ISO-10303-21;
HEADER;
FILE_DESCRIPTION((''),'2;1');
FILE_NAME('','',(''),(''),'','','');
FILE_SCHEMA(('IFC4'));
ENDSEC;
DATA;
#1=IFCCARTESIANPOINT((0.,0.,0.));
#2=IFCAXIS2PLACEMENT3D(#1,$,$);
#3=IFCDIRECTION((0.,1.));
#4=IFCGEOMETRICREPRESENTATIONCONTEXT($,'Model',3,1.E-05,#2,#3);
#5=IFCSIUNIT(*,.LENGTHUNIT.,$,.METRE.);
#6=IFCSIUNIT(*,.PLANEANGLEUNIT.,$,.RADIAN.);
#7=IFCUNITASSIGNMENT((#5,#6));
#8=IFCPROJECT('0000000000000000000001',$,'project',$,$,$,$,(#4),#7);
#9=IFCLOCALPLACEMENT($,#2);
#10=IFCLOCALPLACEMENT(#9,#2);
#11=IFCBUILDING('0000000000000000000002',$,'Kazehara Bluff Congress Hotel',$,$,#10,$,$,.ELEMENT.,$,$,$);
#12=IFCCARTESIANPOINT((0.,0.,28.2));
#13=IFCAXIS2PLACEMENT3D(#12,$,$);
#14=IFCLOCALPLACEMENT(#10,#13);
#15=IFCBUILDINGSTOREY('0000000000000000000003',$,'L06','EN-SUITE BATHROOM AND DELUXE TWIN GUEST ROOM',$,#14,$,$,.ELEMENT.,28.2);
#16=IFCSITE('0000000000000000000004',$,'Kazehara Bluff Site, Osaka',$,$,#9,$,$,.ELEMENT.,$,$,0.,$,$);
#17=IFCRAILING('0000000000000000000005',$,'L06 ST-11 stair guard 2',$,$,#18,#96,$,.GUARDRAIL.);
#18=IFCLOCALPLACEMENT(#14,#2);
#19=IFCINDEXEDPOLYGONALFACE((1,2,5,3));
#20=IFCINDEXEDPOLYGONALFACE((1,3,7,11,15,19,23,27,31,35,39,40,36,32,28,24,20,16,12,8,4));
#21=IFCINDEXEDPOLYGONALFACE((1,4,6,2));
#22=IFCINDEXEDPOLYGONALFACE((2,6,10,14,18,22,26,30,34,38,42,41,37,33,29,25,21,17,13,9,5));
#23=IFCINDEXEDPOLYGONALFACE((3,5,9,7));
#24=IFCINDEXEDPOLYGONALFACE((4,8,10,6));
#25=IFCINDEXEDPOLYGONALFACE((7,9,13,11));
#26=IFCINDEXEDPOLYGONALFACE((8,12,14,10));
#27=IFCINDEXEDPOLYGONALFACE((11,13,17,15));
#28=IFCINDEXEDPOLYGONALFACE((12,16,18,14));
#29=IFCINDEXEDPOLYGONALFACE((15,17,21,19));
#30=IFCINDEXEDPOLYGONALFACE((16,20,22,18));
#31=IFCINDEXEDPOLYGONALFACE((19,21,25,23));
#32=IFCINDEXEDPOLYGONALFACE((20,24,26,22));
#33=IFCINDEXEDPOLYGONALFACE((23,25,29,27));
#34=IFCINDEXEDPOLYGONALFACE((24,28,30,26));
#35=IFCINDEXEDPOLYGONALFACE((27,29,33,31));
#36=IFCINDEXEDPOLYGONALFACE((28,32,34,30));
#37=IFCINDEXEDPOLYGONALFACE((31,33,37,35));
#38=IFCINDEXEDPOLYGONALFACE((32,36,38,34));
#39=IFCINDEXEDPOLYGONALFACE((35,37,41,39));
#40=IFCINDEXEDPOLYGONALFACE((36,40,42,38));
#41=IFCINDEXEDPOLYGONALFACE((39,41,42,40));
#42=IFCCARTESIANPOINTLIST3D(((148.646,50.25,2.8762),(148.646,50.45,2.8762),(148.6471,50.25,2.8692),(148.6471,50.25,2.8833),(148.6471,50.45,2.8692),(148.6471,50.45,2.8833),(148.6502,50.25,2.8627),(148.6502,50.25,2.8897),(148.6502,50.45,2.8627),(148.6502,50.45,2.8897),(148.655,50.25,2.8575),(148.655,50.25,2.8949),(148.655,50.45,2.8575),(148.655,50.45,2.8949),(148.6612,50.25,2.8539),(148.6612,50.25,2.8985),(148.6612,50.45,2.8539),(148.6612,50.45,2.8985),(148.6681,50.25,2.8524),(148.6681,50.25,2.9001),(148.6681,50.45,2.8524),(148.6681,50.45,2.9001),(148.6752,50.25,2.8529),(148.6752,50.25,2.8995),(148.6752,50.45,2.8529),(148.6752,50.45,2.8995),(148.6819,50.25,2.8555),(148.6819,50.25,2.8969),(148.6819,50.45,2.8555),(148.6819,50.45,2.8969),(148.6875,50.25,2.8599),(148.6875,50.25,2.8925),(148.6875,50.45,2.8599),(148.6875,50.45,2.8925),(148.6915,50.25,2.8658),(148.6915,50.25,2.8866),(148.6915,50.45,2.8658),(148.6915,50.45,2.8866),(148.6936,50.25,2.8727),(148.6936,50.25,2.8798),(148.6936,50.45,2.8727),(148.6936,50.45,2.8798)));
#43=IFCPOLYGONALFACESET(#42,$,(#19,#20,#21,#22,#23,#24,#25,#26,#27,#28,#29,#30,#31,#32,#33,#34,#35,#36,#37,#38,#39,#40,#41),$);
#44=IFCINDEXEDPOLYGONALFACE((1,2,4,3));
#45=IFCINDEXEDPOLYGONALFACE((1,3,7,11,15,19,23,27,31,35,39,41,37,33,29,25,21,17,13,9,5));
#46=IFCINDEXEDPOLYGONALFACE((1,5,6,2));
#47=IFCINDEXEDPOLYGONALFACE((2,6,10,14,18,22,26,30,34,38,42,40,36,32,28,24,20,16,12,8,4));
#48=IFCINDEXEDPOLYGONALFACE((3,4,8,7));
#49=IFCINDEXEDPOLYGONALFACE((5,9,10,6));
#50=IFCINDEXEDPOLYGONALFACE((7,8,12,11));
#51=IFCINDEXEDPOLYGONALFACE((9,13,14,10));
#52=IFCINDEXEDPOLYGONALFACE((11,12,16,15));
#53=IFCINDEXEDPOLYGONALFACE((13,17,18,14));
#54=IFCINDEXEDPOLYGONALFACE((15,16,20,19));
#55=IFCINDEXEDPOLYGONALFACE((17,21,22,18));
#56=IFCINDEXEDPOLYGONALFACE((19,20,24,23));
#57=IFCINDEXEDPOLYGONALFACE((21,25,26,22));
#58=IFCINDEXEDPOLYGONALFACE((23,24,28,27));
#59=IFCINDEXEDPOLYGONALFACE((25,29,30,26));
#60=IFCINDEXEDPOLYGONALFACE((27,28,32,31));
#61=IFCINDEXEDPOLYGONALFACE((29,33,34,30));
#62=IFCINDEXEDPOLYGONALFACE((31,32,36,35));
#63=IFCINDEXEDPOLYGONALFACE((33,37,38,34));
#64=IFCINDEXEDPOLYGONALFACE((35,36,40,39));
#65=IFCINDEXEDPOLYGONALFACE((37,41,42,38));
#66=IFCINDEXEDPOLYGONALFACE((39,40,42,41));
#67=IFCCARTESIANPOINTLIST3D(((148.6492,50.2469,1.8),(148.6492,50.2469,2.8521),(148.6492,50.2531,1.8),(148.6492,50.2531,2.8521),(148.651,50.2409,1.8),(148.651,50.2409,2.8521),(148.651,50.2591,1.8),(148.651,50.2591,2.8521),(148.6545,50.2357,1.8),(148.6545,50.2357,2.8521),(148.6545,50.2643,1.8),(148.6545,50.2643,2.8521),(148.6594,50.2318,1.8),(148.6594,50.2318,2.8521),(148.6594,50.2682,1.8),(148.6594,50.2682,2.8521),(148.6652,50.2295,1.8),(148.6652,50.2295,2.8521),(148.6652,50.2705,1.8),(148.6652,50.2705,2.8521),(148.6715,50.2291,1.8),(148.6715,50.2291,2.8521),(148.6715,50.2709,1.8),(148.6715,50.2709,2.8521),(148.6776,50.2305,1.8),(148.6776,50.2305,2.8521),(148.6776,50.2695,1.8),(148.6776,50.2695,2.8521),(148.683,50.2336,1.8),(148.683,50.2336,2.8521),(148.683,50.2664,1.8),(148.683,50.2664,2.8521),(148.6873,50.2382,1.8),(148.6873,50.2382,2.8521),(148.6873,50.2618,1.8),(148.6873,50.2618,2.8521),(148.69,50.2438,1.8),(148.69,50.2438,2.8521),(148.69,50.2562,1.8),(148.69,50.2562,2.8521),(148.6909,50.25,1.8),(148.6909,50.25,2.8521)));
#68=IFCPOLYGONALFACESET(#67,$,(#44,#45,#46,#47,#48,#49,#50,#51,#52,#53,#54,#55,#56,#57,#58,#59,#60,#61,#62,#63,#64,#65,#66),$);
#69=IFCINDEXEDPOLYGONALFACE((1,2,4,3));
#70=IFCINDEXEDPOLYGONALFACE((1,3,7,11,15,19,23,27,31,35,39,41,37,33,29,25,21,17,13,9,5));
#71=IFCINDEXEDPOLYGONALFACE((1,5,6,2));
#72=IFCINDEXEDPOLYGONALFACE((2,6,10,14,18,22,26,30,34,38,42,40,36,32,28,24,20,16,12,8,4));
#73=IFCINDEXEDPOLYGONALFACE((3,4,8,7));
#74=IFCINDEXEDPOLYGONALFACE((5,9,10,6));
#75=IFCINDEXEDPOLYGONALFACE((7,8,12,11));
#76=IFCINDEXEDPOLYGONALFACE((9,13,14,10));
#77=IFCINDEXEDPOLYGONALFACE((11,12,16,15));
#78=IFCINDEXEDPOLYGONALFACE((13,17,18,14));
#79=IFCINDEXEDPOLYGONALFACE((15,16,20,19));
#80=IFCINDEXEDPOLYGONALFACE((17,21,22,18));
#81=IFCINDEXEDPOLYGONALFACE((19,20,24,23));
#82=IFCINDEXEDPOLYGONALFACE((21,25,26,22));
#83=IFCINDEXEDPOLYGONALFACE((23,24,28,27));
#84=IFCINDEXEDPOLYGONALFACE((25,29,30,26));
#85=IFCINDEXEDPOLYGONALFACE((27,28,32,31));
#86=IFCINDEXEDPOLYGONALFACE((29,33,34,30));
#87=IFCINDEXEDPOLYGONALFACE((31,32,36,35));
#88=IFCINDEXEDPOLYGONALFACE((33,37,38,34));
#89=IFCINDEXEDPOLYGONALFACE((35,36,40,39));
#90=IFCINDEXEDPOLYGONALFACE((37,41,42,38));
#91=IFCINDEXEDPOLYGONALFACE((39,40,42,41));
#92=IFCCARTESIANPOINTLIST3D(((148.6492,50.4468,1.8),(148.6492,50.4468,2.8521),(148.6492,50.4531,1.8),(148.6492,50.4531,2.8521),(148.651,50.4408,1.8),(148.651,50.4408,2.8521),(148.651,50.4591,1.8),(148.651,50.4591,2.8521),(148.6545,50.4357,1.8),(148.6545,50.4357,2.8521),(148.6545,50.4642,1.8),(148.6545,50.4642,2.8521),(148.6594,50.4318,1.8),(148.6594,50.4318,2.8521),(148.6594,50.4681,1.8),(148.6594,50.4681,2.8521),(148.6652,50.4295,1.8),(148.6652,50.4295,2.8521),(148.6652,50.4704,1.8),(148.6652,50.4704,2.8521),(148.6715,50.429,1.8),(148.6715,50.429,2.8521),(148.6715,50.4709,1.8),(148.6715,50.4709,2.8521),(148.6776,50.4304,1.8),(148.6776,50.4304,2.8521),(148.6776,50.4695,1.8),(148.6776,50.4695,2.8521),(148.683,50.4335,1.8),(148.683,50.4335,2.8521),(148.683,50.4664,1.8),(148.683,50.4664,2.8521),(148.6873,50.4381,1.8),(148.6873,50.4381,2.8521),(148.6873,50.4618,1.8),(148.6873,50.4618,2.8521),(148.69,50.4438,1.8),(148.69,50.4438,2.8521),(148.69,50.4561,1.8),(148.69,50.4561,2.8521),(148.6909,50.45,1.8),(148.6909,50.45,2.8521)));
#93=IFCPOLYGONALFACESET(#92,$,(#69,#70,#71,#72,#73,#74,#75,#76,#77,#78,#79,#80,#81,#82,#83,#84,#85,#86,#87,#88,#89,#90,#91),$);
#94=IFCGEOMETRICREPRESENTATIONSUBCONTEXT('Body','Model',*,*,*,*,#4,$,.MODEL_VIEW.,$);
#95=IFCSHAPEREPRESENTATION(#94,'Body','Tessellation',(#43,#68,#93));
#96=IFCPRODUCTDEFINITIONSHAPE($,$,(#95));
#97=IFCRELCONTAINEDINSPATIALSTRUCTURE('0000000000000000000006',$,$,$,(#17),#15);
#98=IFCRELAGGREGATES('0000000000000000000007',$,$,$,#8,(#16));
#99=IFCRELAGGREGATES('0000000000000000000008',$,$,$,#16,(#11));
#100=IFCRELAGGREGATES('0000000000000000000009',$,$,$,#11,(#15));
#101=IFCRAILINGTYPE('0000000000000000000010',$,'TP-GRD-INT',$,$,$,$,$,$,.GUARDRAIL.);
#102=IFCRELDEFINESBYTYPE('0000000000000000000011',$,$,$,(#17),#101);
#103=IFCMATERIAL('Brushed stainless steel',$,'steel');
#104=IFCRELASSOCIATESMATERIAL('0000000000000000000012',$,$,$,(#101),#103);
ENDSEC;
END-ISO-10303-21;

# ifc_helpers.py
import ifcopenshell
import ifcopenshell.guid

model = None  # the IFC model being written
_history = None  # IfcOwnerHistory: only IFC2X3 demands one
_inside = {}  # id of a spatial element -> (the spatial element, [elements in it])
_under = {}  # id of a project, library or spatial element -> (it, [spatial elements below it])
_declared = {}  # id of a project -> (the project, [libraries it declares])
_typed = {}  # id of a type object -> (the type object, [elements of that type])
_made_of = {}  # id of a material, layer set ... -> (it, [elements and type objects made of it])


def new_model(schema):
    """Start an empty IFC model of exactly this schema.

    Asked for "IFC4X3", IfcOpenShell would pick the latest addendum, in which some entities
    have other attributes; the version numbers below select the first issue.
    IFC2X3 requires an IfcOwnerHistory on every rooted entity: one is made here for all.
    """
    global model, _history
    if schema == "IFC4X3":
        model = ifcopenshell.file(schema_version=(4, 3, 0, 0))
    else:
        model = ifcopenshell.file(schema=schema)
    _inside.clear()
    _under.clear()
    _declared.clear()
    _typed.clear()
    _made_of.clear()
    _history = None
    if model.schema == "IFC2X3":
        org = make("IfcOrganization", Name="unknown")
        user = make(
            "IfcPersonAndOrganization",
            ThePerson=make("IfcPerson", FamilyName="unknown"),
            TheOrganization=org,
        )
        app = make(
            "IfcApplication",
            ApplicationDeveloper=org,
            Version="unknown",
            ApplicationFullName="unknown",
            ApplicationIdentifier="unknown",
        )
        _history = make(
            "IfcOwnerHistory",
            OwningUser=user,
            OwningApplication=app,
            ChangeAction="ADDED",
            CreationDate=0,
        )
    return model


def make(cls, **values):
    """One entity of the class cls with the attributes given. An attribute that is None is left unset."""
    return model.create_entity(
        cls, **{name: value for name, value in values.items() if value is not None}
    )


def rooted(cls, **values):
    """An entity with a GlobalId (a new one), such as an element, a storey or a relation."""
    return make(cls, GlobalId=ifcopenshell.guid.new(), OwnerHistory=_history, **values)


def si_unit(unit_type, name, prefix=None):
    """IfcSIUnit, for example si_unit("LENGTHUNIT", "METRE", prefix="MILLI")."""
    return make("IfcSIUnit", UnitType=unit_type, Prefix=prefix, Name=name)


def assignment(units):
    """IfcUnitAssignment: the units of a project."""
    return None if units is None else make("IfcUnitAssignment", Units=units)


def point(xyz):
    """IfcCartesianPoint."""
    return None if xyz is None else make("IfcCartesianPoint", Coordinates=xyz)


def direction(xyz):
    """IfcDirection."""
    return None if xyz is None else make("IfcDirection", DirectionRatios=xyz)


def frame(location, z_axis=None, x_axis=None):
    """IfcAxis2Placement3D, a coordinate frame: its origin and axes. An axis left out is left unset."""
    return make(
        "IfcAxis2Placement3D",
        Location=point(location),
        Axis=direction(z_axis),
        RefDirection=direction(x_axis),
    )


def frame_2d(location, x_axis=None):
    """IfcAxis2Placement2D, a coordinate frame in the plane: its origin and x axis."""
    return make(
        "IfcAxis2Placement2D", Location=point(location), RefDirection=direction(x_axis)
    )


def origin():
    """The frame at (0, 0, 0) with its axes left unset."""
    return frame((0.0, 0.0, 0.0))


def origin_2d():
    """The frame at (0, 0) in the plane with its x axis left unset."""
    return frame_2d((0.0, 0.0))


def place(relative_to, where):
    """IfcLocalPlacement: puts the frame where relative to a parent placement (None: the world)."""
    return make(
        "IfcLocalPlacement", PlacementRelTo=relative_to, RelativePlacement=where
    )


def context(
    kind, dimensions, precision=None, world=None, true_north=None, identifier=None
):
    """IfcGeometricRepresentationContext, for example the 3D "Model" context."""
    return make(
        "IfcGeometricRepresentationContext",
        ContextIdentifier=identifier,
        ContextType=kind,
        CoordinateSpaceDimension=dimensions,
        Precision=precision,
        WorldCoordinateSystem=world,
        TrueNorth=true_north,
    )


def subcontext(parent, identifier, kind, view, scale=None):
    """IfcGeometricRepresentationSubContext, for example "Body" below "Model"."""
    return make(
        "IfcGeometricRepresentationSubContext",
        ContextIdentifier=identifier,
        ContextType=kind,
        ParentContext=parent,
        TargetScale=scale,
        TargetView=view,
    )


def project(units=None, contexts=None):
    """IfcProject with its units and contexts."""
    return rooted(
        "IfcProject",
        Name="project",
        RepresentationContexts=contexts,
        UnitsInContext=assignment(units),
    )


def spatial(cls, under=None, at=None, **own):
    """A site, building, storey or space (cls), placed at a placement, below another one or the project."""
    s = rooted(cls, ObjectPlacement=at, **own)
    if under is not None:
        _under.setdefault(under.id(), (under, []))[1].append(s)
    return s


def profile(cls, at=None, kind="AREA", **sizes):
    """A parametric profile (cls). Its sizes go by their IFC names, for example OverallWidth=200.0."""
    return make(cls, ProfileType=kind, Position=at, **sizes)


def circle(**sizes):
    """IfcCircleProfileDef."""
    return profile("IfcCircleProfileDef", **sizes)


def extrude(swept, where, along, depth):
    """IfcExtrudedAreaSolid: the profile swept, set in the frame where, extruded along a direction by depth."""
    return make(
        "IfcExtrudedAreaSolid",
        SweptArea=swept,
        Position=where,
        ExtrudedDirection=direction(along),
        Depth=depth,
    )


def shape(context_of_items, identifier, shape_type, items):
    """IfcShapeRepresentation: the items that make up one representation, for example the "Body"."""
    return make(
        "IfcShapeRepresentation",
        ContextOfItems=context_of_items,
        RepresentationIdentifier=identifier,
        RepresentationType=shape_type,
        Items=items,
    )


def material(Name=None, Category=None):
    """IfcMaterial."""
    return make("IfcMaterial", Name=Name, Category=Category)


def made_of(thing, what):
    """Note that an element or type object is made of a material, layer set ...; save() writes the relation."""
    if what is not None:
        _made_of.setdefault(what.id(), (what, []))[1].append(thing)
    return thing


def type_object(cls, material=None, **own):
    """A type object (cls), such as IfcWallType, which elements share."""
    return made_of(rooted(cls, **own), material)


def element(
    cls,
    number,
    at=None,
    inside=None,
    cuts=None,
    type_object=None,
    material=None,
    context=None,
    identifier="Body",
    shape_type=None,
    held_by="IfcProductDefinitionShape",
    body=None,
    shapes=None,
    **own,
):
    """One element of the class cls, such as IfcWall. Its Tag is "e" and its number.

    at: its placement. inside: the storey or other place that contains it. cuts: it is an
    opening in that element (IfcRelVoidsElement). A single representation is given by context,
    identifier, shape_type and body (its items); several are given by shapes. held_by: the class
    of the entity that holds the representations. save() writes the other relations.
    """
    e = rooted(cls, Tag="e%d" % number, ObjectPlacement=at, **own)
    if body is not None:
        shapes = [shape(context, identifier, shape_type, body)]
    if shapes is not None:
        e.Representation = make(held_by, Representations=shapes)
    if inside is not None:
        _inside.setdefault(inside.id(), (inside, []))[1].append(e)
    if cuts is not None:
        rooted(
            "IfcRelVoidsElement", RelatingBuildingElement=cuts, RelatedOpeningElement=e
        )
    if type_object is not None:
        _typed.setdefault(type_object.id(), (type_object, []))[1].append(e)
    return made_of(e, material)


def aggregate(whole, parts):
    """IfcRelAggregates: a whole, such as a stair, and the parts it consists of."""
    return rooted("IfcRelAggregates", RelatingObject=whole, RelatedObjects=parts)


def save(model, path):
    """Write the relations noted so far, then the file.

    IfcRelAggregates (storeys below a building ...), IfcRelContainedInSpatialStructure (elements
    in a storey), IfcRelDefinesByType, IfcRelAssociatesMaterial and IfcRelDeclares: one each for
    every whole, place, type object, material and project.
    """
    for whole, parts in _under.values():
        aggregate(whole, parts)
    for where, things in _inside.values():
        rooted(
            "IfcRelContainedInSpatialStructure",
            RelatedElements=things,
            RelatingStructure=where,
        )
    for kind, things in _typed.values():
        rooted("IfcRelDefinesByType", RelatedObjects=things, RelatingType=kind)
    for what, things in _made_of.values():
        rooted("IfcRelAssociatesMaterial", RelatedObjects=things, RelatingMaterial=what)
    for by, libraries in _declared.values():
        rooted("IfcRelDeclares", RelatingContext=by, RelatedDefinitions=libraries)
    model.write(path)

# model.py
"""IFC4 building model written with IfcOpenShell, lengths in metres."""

from ifc_helpers import new_model, si_unit, direction, frame, origin, origin_2d, place, context, subcontext, project, spatial, circle, extrude, material, type_object, element, save


model = new_model("IFC4")

# Units and contexts
model_context = context("Model", 3, precision=1e-05, world=origin(), true_north=direction((0.0, 1.0)))
body_context = subcontext(model_context, "Body", "Model", "MODEL_VIEW")
ifc_project = project(units=[si_unit("LENGTHUNIT", "METRE"), si_unit("PLANEANGLEUNIT", "RADIAN")], contexts=[model_context])

# Site, building, storey
site_placement = place(None, origin())
site = spatial("IfcSite", under=ifc_project, at=site_placement, Name="Kazehara Bluff Site, Osaka", CompositionType="ELEMENT", RefElevation=0.0)
building_placement = place(site_placement, origin())
building = spatial("IfcBuilding", under=site, at=building_placement, Name="Kazehara Bluff Congress Hotel", CompositionType="ELEMENT")
storey_placement = place(building_placement, frame((0.0, 0.0, 28.2)))
storey = spatial("IfcBuildingStorey", under=building, at=storey_placement, Name="L06", Description="EN-SUITE BATHROOM AND DELUXE TWIN GUEST ROOM", CompositionType="ELEMENT", Elevation=28.2)

# Railing
ifc_material_1 = material(Name="Brushed stainless steel", Category="steel")
railing_type_1 = type_object("IfcRailingType", Name="TP-GRD-INT", PredefinedType="GUARDRAIL", material=ifc_material_1)
railing_1_placement = place(storey_placement, frame((148.6699, 50.25, 1.8)))
element("IfcRailing", 1, at=railing_1_placement, inside=storey, type_object=railing_type_1, Name="L06 ST-11 stair guard 2", PredefinedType="GUARDRAIL", context=body_context, shape_type="SweptSolid", body=[
    extrude(circle(Radius=0.0239, at=origin_2d()), frame((0.0, 0.0, 1.0762), z_axis=(0.0, 1.0, 0.0), x_axis=(-1.0, 0.0, 0.0)), (0.0, 0.0, 1.0), 0.2),
    extrude(circle(Radius=0.021, at=origin_2d()), origin(), (0.0, 0.0, 1.0), 1.052),
    extrude(circle(Radius=0.021, at=origin_2d()), frame((0.0, 0.2, 0.0)), (0.0, 0.0, 1.0), 1.052),
])

save(model, "model.ifc")
